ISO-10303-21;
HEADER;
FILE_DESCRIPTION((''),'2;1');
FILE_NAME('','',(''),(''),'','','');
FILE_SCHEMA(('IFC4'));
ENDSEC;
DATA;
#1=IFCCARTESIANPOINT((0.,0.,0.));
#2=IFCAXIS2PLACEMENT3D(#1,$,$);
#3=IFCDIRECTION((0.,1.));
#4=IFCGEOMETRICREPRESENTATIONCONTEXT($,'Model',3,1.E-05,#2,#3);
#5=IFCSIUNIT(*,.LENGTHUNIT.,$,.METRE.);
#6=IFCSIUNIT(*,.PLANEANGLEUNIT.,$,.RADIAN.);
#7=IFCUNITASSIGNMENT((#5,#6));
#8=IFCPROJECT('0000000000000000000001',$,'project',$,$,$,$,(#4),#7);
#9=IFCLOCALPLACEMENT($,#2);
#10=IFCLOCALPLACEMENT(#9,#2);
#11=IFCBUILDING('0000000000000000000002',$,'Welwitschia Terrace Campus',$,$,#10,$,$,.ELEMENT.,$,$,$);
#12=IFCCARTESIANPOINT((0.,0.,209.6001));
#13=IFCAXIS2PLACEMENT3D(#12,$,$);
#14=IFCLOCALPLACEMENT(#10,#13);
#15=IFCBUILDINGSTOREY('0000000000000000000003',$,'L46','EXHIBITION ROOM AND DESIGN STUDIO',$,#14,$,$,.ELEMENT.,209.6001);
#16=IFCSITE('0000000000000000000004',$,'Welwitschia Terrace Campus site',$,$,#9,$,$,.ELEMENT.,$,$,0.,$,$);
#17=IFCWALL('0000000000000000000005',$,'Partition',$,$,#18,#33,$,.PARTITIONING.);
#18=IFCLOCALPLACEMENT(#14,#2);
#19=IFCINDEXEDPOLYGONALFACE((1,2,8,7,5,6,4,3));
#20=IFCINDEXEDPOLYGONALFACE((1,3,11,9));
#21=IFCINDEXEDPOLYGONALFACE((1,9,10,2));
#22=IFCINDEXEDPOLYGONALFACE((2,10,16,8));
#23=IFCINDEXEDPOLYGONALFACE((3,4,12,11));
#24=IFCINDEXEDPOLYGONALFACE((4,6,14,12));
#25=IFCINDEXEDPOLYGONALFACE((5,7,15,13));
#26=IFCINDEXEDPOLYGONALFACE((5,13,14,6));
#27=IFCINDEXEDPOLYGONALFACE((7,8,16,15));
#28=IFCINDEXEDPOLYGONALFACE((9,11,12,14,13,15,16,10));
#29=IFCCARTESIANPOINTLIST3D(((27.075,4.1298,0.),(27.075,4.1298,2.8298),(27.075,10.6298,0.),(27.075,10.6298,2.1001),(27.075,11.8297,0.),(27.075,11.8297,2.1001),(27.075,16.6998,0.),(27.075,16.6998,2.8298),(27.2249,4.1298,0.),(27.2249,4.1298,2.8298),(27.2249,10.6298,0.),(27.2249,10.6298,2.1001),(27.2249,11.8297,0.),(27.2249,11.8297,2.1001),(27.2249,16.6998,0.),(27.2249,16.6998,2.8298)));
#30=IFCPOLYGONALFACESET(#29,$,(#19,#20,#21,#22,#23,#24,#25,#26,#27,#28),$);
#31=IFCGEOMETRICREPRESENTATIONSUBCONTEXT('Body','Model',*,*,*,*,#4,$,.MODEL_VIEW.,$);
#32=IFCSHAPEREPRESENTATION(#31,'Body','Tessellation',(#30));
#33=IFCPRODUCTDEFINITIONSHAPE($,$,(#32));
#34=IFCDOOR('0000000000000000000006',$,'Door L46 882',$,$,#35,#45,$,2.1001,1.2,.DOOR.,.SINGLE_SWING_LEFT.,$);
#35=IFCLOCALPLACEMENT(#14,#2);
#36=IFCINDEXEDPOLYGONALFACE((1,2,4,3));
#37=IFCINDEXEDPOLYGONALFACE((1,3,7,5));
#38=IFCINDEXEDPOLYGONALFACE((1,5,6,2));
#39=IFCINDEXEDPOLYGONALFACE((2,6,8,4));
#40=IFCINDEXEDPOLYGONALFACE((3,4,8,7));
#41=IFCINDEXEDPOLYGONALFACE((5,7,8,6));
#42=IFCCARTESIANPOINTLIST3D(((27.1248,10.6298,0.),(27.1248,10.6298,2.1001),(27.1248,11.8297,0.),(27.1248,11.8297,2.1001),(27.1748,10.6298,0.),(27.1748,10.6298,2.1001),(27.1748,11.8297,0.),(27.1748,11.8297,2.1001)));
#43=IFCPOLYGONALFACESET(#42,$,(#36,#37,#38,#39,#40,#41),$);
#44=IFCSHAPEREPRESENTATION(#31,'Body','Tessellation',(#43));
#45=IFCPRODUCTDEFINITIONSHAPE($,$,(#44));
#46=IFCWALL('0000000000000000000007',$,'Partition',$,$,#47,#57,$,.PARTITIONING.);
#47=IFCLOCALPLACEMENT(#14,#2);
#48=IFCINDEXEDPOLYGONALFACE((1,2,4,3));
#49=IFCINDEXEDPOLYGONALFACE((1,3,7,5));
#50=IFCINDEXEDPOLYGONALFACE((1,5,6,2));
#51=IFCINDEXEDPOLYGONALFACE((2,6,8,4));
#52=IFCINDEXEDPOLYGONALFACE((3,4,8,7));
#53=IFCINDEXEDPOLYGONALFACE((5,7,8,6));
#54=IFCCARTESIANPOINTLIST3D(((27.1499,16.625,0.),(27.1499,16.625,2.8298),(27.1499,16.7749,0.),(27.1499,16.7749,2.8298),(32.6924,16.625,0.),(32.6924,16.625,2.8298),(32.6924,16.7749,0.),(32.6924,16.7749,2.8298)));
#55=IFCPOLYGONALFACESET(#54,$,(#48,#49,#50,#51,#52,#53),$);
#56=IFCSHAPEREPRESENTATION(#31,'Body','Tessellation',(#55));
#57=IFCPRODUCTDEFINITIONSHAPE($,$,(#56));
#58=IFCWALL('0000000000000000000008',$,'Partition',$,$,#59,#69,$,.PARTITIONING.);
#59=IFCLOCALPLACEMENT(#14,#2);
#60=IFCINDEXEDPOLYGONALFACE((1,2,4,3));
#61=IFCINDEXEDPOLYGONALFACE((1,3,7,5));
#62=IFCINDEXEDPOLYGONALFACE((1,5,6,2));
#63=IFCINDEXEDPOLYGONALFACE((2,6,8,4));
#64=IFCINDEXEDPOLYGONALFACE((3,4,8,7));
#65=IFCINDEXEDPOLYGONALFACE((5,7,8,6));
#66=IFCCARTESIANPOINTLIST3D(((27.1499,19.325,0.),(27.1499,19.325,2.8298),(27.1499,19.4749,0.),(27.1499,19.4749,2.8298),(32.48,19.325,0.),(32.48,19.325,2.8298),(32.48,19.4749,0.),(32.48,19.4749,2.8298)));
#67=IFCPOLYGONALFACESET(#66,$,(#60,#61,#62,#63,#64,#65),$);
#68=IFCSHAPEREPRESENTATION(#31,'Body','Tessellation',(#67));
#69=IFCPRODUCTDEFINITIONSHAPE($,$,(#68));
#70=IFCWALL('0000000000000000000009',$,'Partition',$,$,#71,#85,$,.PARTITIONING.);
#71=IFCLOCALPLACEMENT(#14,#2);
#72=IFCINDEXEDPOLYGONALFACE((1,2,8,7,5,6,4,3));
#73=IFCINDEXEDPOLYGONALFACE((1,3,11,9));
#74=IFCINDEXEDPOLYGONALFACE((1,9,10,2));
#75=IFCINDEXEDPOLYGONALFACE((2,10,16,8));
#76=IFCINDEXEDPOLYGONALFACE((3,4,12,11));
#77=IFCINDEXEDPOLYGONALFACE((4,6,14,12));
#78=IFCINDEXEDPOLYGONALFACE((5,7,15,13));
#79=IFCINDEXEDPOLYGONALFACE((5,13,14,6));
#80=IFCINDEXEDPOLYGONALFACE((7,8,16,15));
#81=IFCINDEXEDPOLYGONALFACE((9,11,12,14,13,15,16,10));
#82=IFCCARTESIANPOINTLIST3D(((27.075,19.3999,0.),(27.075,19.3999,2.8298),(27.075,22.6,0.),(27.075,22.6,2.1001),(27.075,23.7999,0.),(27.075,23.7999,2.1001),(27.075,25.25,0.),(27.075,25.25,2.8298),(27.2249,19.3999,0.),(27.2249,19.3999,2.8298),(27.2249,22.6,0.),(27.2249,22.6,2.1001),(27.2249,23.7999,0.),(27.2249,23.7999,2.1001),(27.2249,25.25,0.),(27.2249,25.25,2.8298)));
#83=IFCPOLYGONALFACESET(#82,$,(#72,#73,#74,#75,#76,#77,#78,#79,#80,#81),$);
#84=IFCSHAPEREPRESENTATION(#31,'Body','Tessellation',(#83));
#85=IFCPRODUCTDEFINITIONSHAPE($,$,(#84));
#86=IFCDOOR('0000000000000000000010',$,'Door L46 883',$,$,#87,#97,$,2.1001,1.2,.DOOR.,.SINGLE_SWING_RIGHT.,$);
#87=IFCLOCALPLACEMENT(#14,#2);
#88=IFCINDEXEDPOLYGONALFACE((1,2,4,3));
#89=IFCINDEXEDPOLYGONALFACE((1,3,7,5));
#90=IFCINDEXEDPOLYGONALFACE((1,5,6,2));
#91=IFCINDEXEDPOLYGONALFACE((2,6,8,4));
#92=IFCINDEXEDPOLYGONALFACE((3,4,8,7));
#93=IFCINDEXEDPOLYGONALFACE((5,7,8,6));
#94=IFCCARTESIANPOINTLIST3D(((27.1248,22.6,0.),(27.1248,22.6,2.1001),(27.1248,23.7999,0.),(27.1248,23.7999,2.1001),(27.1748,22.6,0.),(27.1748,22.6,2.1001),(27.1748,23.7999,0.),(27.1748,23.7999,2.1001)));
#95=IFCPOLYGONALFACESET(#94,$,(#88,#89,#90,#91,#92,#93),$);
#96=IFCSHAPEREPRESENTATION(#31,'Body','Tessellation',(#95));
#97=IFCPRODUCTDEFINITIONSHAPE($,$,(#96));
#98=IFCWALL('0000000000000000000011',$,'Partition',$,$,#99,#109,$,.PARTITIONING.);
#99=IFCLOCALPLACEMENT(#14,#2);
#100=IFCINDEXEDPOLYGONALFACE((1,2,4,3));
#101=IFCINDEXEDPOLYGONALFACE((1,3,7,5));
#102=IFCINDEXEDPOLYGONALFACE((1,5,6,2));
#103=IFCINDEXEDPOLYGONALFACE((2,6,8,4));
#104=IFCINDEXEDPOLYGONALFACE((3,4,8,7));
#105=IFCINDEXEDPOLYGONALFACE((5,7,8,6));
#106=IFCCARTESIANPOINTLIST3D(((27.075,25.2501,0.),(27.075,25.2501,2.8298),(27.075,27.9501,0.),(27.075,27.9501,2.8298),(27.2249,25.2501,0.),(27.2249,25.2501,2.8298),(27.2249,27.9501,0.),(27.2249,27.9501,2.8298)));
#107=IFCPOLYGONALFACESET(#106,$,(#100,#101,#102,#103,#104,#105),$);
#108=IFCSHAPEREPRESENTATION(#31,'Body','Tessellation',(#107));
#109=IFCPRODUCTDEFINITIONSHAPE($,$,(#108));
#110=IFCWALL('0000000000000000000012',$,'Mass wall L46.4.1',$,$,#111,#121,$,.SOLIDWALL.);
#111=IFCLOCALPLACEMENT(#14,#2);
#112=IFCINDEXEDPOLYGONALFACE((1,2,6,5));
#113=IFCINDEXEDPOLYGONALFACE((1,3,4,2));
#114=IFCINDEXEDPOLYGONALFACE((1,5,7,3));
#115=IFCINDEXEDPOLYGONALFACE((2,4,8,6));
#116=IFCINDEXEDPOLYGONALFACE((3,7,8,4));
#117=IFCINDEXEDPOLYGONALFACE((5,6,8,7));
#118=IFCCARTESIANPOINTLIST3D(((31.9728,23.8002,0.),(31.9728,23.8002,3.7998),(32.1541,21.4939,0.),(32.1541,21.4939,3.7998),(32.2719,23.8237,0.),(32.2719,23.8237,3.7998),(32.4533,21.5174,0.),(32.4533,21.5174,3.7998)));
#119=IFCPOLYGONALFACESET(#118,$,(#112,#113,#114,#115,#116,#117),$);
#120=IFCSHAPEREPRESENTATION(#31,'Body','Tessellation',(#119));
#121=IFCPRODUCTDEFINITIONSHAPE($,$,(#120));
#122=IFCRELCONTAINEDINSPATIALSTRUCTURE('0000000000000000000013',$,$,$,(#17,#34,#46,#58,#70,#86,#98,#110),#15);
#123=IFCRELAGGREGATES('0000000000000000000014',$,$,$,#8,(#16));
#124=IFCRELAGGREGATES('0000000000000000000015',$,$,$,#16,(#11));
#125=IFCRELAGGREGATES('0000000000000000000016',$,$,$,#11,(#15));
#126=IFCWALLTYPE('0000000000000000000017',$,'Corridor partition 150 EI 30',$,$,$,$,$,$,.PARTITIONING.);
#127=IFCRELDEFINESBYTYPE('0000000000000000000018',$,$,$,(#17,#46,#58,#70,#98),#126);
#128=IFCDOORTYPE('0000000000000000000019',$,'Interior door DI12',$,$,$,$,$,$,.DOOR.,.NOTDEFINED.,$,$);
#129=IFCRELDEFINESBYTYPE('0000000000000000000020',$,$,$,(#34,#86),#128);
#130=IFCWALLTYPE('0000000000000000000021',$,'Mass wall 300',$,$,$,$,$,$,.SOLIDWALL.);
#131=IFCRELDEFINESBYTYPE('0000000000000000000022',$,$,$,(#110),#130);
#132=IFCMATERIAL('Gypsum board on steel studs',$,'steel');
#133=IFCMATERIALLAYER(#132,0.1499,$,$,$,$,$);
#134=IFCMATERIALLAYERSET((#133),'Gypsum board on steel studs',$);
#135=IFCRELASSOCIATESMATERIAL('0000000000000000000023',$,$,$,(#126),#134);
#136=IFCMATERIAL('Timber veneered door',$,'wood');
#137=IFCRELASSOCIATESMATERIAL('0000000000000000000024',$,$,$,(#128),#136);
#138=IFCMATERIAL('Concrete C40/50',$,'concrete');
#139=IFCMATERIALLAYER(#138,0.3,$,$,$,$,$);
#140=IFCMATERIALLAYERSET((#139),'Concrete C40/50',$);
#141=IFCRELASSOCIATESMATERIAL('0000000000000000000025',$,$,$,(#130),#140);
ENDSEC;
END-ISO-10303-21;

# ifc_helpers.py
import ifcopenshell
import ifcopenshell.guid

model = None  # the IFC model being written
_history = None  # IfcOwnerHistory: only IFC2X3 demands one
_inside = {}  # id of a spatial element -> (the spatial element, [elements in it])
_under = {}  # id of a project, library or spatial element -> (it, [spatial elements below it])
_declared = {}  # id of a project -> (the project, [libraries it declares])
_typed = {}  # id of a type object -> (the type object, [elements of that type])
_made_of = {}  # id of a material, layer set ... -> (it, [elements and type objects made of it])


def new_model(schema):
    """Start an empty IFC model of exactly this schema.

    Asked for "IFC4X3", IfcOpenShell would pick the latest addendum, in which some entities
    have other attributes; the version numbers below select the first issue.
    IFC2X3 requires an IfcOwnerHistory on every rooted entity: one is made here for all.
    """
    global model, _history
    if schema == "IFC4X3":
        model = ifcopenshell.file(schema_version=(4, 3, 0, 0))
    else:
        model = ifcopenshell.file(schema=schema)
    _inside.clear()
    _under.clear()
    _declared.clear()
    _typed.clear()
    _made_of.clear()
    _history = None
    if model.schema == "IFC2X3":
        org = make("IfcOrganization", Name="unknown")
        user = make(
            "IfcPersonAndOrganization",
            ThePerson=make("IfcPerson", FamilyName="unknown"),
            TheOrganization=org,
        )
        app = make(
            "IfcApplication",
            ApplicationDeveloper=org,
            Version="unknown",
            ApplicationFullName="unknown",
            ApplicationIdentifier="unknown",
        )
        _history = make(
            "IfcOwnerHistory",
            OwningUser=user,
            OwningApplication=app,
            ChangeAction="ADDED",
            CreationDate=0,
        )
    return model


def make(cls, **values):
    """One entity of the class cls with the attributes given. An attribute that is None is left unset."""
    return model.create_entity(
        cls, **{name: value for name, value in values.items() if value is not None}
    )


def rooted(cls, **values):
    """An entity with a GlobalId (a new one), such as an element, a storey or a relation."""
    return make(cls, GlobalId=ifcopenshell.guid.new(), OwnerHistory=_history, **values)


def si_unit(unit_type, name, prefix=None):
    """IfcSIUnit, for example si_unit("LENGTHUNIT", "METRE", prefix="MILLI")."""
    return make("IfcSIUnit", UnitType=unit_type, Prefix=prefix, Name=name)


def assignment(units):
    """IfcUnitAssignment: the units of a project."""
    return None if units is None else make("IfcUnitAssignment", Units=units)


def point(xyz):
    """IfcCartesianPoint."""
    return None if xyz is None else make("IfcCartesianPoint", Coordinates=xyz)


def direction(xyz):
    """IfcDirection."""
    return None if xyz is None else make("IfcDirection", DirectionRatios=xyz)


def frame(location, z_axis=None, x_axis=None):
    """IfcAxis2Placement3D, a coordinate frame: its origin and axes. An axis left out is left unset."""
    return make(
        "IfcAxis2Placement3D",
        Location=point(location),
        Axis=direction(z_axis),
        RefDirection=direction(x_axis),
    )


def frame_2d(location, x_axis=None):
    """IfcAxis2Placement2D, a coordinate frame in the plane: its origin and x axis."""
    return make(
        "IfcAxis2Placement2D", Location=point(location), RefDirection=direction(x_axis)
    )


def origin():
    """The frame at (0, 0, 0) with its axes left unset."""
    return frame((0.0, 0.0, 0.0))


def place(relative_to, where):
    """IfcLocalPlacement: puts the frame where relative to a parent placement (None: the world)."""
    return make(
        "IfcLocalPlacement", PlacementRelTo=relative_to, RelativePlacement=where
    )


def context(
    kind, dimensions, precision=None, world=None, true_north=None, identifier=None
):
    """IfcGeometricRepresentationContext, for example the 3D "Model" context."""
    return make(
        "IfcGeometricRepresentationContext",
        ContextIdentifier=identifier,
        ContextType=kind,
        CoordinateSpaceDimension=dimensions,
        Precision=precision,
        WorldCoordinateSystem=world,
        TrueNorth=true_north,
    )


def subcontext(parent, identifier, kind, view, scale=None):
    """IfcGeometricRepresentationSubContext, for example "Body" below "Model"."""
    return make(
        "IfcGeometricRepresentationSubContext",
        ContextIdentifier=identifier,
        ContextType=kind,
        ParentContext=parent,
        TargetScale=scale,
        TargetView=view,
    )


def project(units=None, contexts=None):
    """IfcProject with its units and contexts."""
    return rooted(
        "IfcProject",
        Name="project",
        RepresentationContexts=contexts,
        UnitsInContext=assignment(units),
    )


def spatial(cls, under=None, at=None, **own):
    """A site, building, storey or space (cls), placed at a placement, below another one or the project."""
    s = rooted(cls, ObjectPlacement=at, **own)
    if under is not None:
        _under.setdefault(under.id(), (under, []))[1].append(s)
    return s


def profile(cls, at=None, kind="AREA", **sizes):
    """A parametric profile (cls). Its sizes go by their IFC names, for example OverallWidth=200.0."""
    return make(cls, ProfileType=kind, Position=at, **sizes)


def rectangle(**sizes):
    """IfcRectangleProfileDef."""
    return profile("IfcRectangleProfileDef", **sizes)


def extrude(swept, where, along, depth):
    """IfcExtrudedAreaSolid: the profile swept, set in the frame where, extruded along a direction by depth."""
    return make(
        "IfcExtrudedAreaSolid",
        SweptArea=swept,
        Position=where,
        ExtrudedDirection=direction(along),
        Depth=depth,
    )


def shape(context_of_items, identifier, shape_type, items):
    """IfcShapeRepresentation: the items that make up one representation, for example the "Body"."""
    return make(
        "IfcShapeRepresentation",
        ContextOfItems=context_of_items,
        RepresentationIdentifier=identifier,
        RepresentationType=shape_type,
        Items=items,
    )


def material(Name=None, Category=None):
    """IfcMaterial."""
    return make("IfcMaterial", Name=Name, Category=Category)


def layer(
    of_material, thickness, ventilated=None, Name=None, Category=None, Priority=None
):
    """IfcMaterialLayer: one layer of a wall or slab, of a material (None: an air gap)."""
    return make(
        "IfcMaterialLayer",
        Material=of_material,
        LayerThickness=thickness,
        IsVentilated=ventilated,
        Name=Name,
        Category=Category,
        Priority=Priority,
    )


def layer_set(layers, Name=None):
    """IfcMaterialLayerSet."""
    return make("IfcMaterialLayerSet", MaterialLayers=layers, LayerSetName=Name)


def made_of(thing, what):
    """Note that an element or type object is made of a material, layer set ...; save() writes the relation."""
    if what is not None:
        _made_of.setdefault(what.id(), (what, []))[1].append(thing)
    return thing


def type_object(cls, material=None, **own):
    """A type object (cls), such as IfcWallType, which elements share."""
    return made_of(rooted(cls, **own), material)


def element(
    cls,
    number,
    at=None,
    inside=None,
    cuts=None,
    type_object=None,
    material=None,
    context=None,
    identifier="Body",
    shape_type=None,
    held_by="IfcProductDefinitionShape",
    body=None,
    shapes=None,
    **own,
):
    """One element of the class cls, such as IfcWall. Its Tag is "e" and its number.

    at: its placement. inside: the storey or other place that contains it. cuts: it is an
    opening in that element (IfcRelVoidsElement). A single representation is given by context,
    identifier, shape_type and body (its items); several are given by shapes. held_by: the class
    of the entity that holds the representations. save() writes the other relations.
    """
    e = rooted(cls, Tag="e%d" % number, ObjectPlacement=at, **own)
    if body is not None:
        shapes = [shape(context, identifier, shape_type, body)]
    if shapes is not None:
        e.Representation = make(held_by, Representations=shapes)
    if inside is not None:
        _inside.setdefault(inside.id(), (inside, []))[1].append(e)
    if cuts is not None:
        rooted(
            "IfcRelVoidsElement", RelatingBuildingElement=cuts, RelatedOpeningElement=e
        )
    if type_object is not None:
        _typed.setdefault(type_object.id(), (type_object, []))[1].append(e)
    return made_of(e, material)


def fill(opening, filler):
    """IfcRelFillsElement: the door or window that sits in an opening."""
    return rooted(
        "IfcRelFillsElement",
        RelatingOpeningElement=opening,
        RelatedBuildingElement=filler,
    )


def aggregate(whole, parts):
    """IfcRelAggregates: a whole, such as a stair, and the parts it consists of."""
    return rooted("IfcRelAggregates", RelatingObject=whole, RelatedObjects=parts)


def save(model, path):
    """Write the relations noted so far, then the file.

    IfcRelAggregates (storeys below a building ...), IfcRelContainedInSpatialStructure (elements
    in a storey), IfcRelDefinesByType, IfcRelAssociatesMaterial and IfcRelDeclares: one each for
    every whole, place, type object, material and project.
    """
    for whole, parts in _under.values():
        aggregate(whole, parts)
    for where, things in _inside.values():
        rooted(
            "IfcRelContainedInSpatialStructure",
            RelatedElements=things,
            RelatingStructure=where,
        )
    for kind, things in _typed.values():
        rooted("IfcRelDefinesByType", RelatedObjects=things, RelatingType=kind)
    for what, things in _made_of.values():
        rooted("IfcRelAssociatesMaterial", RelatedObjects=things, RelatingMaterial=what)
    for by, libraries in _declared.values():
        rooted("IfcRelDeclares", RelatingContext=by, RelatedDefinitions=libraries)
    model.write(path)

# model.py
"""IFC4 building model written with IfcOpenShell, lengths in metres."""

from ifc_helpers import new_model, si_unit, direction, frame, frame_2d, origin, place, context, subcontext, project, spatial, rectangle, extrude, material, layer, layer_set, type_object, element, fill, save


model = new_model("IFC4")

# Units and contexts
model_context = context("Model", 3, precision=1e-05, world=origin(), true_north=direction((0.0, 1.0)))
body_context = subcontext(model_context, "Body", "Model", "MODEL_VIEW")
ifc_project = project(units=[si_unit("LENGTHUNIT", "METRE"), si_unit("PLANEANGLEUNIT", "RADIAN")], contexts=[model_context])

# Site, building, storey
site_placement = place(None, origin())
site = spatial("IfcSite", under=ifc_project, at=site_placement, Name="Welwitschia Terrace Campus site", CompositionType="ELEMENT", RefElevation=0.0)
building_placement = place(site_placement, origin())
building = spatial("IfcBuilding", under=site, at=building_placement, Name="Welwitschia Terrace Campus", CompositionType="ELEMENT")
storey_placement = place(building_placement, frame((0.0, 0.0, 209.6001)))
storey = spatial("IfcBuildingStorey", under=building, at=storey_placement, Name="L46", Description="EXHIBITION ROOM AND DESIGN STUDIO", CompositionType="ELEMENT", Elevation=209.6001)

# Wall, opening, door
ifc_material_1 = material(Name="Gypsum board on steel studs", Category="steel")
ifc_layer_1 = layer(ifc_material_1, 0.1499)
ifc_layer_set_1 = layer_set([ifc_layer_1], Name="Gypsum board on steel studs")
wall_type_1 = type_object("IfcWallType", Name="Corridor partition 150 EI 30", PredefinedType="PARTITIONING", material=ifc_layer_set_1)
wall_1_placement = place(storey_placement, frame((27.1499, 16.7, 0.0), z_axis=(0.0, 0.0, 1.0), x_axis=(0.0, -1.0, 0.0)))
wall_1 = element("IfcWall", 1, at=wall_1_placement, inside=storey, type_object=wall_type_1, Name="Partition", PredefinedType="PARTITIONING", context=body_context, shape_type="SweptSolid", body=[
    extrude(rectangle(XDim=12.5701, YDim=0.1499, at=frame_2d((6.2852, 0.0))), origin(), (0.0, 0.0, 1.0), 2.8298),
])
opening_1_placement = place(wall_1_placement, frame((4.8701, 0.0, 0.0)))
opening_1 = element("IfcOpeningElement", 2, at=opening_1_placement, cuts=wall_1, PredefinedType="OPENING", context=body_context, shape_type="SweptSolid", body=[
    extrude(rectangle(XDim=1.2, YDim=2.1001, at=frame_2d((0.6001, 1.05))), frame((0.0, 0.085, 0.0), z_axis=(0.0, -1.0, 0.0), x_axis=(1.0, 0.0, 0.0)), (0.0, 0.0, 1.0), 0.1699),
])
ifc_material_2 = material(Name="Timber veneered door", Category="wood")
door_type = type_object("IfcDoorType", Name="Interior door DI12", OperationType="NOTDEFINED", PredefinedType="DOOR", material=ifc_material_2)
door_1_placement = place(opening_1_placement, origin())
door_1 = element("IfcDoor", 3, at=door_1_placement, inside=storey, type_object=door_type, Name="Door L46 882", OperationType="SINGLE_SWING_LEFT", OverallHeight=2.1001, OverallWidth=1.2, PredefinedType="DOOR", context=body_context, shape_type="SweptSolid", body=[
    extrude(rectangle(XDim=1.2, YDim=2.1001, at=frame_2d((0.6001, 1.05))), frame((0.0, 0.0249, 0.0), z_axis=(0.0, -1.0, 0.0), x_axis=(1.0, 0.0, 0.0)), (0.0, 0.0, 1.0), 0.05),
])
fill(opening_1, door_1)

# Walls
wall_2_placement = place(storey_placement, frame((27.1499, 16.7, 0.0), z_axis=(0.0, 0.0, 1.0), x_axis=(1.0, 0.0, 0.0)))
element("IfcWall", 4, at=wall_2_placement, inside=storey, type_object=wall_type_1, Name="Partition", PredefinedType="PARTITIONING", context=body_context, shape_type="SweptSolid", body=[
    extrude(rectangle(XDim=5.5425, YDim=0.1499, at=frame_2d((2.7712, 0.0))), origin(), (0.0, 0.0, 1.0), 2.8298),
])
wall_3_placement = place(storey_placement, frame((27.1499, 19.3999, 0.0), z_axis=(0.0, 0.0, 1.0), x_axis=(1.0, 0.0, 0.0)))
element("IfcWall", 5, at=wall_3_placement, inside=storey, type_object=wall_type_1, Name="Partition", PredefinedType="PARTITIONING", context=body_context, shape_type="SweptSolid", body=[
    extrude(rectangle(XDim=5.3301, YDim=0.1499, at=frame_2d((2.665, 0.0))), origin(), (0.0, 0.0, 1.0), 2.8298),
])

# Wall, opening, door
wall_4_placement = place(storey_placement, frame((27.1499, 25.25, 0.0), z_axis=(0.0, 0.0, 1.0), x_axis=(0.0, -1.0, 0.0)))
wall_4 = element("IfcWall", 6, at=wall_4_placement, inside=storey, type_object=wall_type_1, Name="Partition", PredefinedType="PARTITIONING", context=body_context, shape_type="SweptSolid", body=[
    extrude(rectangle(XDim=5.8501, YDim=0.1499, at=frame_2d((2.925, 0.0))), origin(), (0.0, 0.0, 1.0), 2.8298),
])
opening_2_placement = place(wall_4_placement, frame((1.45, 0.0, 0.0)))
opening_2 = element("IfcOpeningElement", 7, at=opening_2_placement, cuts=wall_4, PredefinedType="OPENING", context=body_context, shape_type="SweptSolid", body=[
    extrude(rectangle(XDim=1.2, YDim=2.1001, at=frame_2d((0.6001, 1.05))), frame((0.0, 0.085, 0.0), z_axis=(0.0, -1.0, 0.0), x_axis=(1.0, 0.0, 0.0)), (0.0, 0.0, 1.0), 0.1699),
])
door_2_placement = place(opening_2_placement, origin())
door_2 = element("IfcDoor", 8, at=door_2_placement, inside=storey, type_object=door_type, Name="Door L46 883", OperationType="SINGLE_SWING_RIGHT", OverallHeight=2.1001, OverallWidth=1.2, PredefinedType="DOOR", context=body_context, shape_type="SweptSolid", body=[
    extrude(rectangle(XDim=1.2, YDim=2.1001, at=frame_2d((0.6001, 1.05))), frame((0.0, 0.0249, 0.0), z_axis=(0.0, -1.0, 0.0), x_axis=(1.0, 0.0, 0.0)), (0.0, 0.0, 1.0), 0.05),
])
fill(opening_2, door_2)

# Walls
wall_5_placement = place(storey_placement, frame((27.1499, 25.25, 0.0), z_axis=(0.0, 0.0, 1.0), x_axis=(0.0, 1.0, 0.0)))
element("IfcWall", 9, at=wall_5_placement, inside=storey, type_object=wall_type_1, Name="Partition", PredefinedType="PARTITIONING", context=body_context, shape_type="SweptSolid", body=[
    extrude(rectangle(XDim=2.7, YDim=0.1499, at=frame_2d((1.3501, 0.0))), origin(), (0.0, 0.0, 1.0), 2.8298),
])
ifc_material_3 = material(Name="Concrete C40/50", Category="concrete")
ifc_layer_2 = layer(ifc_material_3, 0.3)
ifc_layer_set_2 = layer_set([ifc_layer_2], Name="Concrete C40/50")
wall_type_2 = type_object("IfcWallType", Name="Mass wall 300", PredefinedType="SOLIDWALL", material=ifc_layer_set_2)
wall_6_placement = place(storey_placement, frame((32.3037, 21.5056, 0.0), z_axis=(0.0, 0.0, 1.0), x_axis=(-0.078407, 0.996921, 0.0)))
element("IfcWall", 10, at=wall_6_placement, inside=storey, type_object=wall_type_2, Name="Mass wall L46.4.1", PredefinedType="SOLIDWALL", context=body_context, shape_type="SweptSolid", body=[
    extrude(rectangle(XDim=2.3135, YDim=0.3, at=frame_2d((1.1567, 0.0))), origin(), (0.0, 0.0, 1.0), 3.7998),
])

save(model, "model.ifc")
